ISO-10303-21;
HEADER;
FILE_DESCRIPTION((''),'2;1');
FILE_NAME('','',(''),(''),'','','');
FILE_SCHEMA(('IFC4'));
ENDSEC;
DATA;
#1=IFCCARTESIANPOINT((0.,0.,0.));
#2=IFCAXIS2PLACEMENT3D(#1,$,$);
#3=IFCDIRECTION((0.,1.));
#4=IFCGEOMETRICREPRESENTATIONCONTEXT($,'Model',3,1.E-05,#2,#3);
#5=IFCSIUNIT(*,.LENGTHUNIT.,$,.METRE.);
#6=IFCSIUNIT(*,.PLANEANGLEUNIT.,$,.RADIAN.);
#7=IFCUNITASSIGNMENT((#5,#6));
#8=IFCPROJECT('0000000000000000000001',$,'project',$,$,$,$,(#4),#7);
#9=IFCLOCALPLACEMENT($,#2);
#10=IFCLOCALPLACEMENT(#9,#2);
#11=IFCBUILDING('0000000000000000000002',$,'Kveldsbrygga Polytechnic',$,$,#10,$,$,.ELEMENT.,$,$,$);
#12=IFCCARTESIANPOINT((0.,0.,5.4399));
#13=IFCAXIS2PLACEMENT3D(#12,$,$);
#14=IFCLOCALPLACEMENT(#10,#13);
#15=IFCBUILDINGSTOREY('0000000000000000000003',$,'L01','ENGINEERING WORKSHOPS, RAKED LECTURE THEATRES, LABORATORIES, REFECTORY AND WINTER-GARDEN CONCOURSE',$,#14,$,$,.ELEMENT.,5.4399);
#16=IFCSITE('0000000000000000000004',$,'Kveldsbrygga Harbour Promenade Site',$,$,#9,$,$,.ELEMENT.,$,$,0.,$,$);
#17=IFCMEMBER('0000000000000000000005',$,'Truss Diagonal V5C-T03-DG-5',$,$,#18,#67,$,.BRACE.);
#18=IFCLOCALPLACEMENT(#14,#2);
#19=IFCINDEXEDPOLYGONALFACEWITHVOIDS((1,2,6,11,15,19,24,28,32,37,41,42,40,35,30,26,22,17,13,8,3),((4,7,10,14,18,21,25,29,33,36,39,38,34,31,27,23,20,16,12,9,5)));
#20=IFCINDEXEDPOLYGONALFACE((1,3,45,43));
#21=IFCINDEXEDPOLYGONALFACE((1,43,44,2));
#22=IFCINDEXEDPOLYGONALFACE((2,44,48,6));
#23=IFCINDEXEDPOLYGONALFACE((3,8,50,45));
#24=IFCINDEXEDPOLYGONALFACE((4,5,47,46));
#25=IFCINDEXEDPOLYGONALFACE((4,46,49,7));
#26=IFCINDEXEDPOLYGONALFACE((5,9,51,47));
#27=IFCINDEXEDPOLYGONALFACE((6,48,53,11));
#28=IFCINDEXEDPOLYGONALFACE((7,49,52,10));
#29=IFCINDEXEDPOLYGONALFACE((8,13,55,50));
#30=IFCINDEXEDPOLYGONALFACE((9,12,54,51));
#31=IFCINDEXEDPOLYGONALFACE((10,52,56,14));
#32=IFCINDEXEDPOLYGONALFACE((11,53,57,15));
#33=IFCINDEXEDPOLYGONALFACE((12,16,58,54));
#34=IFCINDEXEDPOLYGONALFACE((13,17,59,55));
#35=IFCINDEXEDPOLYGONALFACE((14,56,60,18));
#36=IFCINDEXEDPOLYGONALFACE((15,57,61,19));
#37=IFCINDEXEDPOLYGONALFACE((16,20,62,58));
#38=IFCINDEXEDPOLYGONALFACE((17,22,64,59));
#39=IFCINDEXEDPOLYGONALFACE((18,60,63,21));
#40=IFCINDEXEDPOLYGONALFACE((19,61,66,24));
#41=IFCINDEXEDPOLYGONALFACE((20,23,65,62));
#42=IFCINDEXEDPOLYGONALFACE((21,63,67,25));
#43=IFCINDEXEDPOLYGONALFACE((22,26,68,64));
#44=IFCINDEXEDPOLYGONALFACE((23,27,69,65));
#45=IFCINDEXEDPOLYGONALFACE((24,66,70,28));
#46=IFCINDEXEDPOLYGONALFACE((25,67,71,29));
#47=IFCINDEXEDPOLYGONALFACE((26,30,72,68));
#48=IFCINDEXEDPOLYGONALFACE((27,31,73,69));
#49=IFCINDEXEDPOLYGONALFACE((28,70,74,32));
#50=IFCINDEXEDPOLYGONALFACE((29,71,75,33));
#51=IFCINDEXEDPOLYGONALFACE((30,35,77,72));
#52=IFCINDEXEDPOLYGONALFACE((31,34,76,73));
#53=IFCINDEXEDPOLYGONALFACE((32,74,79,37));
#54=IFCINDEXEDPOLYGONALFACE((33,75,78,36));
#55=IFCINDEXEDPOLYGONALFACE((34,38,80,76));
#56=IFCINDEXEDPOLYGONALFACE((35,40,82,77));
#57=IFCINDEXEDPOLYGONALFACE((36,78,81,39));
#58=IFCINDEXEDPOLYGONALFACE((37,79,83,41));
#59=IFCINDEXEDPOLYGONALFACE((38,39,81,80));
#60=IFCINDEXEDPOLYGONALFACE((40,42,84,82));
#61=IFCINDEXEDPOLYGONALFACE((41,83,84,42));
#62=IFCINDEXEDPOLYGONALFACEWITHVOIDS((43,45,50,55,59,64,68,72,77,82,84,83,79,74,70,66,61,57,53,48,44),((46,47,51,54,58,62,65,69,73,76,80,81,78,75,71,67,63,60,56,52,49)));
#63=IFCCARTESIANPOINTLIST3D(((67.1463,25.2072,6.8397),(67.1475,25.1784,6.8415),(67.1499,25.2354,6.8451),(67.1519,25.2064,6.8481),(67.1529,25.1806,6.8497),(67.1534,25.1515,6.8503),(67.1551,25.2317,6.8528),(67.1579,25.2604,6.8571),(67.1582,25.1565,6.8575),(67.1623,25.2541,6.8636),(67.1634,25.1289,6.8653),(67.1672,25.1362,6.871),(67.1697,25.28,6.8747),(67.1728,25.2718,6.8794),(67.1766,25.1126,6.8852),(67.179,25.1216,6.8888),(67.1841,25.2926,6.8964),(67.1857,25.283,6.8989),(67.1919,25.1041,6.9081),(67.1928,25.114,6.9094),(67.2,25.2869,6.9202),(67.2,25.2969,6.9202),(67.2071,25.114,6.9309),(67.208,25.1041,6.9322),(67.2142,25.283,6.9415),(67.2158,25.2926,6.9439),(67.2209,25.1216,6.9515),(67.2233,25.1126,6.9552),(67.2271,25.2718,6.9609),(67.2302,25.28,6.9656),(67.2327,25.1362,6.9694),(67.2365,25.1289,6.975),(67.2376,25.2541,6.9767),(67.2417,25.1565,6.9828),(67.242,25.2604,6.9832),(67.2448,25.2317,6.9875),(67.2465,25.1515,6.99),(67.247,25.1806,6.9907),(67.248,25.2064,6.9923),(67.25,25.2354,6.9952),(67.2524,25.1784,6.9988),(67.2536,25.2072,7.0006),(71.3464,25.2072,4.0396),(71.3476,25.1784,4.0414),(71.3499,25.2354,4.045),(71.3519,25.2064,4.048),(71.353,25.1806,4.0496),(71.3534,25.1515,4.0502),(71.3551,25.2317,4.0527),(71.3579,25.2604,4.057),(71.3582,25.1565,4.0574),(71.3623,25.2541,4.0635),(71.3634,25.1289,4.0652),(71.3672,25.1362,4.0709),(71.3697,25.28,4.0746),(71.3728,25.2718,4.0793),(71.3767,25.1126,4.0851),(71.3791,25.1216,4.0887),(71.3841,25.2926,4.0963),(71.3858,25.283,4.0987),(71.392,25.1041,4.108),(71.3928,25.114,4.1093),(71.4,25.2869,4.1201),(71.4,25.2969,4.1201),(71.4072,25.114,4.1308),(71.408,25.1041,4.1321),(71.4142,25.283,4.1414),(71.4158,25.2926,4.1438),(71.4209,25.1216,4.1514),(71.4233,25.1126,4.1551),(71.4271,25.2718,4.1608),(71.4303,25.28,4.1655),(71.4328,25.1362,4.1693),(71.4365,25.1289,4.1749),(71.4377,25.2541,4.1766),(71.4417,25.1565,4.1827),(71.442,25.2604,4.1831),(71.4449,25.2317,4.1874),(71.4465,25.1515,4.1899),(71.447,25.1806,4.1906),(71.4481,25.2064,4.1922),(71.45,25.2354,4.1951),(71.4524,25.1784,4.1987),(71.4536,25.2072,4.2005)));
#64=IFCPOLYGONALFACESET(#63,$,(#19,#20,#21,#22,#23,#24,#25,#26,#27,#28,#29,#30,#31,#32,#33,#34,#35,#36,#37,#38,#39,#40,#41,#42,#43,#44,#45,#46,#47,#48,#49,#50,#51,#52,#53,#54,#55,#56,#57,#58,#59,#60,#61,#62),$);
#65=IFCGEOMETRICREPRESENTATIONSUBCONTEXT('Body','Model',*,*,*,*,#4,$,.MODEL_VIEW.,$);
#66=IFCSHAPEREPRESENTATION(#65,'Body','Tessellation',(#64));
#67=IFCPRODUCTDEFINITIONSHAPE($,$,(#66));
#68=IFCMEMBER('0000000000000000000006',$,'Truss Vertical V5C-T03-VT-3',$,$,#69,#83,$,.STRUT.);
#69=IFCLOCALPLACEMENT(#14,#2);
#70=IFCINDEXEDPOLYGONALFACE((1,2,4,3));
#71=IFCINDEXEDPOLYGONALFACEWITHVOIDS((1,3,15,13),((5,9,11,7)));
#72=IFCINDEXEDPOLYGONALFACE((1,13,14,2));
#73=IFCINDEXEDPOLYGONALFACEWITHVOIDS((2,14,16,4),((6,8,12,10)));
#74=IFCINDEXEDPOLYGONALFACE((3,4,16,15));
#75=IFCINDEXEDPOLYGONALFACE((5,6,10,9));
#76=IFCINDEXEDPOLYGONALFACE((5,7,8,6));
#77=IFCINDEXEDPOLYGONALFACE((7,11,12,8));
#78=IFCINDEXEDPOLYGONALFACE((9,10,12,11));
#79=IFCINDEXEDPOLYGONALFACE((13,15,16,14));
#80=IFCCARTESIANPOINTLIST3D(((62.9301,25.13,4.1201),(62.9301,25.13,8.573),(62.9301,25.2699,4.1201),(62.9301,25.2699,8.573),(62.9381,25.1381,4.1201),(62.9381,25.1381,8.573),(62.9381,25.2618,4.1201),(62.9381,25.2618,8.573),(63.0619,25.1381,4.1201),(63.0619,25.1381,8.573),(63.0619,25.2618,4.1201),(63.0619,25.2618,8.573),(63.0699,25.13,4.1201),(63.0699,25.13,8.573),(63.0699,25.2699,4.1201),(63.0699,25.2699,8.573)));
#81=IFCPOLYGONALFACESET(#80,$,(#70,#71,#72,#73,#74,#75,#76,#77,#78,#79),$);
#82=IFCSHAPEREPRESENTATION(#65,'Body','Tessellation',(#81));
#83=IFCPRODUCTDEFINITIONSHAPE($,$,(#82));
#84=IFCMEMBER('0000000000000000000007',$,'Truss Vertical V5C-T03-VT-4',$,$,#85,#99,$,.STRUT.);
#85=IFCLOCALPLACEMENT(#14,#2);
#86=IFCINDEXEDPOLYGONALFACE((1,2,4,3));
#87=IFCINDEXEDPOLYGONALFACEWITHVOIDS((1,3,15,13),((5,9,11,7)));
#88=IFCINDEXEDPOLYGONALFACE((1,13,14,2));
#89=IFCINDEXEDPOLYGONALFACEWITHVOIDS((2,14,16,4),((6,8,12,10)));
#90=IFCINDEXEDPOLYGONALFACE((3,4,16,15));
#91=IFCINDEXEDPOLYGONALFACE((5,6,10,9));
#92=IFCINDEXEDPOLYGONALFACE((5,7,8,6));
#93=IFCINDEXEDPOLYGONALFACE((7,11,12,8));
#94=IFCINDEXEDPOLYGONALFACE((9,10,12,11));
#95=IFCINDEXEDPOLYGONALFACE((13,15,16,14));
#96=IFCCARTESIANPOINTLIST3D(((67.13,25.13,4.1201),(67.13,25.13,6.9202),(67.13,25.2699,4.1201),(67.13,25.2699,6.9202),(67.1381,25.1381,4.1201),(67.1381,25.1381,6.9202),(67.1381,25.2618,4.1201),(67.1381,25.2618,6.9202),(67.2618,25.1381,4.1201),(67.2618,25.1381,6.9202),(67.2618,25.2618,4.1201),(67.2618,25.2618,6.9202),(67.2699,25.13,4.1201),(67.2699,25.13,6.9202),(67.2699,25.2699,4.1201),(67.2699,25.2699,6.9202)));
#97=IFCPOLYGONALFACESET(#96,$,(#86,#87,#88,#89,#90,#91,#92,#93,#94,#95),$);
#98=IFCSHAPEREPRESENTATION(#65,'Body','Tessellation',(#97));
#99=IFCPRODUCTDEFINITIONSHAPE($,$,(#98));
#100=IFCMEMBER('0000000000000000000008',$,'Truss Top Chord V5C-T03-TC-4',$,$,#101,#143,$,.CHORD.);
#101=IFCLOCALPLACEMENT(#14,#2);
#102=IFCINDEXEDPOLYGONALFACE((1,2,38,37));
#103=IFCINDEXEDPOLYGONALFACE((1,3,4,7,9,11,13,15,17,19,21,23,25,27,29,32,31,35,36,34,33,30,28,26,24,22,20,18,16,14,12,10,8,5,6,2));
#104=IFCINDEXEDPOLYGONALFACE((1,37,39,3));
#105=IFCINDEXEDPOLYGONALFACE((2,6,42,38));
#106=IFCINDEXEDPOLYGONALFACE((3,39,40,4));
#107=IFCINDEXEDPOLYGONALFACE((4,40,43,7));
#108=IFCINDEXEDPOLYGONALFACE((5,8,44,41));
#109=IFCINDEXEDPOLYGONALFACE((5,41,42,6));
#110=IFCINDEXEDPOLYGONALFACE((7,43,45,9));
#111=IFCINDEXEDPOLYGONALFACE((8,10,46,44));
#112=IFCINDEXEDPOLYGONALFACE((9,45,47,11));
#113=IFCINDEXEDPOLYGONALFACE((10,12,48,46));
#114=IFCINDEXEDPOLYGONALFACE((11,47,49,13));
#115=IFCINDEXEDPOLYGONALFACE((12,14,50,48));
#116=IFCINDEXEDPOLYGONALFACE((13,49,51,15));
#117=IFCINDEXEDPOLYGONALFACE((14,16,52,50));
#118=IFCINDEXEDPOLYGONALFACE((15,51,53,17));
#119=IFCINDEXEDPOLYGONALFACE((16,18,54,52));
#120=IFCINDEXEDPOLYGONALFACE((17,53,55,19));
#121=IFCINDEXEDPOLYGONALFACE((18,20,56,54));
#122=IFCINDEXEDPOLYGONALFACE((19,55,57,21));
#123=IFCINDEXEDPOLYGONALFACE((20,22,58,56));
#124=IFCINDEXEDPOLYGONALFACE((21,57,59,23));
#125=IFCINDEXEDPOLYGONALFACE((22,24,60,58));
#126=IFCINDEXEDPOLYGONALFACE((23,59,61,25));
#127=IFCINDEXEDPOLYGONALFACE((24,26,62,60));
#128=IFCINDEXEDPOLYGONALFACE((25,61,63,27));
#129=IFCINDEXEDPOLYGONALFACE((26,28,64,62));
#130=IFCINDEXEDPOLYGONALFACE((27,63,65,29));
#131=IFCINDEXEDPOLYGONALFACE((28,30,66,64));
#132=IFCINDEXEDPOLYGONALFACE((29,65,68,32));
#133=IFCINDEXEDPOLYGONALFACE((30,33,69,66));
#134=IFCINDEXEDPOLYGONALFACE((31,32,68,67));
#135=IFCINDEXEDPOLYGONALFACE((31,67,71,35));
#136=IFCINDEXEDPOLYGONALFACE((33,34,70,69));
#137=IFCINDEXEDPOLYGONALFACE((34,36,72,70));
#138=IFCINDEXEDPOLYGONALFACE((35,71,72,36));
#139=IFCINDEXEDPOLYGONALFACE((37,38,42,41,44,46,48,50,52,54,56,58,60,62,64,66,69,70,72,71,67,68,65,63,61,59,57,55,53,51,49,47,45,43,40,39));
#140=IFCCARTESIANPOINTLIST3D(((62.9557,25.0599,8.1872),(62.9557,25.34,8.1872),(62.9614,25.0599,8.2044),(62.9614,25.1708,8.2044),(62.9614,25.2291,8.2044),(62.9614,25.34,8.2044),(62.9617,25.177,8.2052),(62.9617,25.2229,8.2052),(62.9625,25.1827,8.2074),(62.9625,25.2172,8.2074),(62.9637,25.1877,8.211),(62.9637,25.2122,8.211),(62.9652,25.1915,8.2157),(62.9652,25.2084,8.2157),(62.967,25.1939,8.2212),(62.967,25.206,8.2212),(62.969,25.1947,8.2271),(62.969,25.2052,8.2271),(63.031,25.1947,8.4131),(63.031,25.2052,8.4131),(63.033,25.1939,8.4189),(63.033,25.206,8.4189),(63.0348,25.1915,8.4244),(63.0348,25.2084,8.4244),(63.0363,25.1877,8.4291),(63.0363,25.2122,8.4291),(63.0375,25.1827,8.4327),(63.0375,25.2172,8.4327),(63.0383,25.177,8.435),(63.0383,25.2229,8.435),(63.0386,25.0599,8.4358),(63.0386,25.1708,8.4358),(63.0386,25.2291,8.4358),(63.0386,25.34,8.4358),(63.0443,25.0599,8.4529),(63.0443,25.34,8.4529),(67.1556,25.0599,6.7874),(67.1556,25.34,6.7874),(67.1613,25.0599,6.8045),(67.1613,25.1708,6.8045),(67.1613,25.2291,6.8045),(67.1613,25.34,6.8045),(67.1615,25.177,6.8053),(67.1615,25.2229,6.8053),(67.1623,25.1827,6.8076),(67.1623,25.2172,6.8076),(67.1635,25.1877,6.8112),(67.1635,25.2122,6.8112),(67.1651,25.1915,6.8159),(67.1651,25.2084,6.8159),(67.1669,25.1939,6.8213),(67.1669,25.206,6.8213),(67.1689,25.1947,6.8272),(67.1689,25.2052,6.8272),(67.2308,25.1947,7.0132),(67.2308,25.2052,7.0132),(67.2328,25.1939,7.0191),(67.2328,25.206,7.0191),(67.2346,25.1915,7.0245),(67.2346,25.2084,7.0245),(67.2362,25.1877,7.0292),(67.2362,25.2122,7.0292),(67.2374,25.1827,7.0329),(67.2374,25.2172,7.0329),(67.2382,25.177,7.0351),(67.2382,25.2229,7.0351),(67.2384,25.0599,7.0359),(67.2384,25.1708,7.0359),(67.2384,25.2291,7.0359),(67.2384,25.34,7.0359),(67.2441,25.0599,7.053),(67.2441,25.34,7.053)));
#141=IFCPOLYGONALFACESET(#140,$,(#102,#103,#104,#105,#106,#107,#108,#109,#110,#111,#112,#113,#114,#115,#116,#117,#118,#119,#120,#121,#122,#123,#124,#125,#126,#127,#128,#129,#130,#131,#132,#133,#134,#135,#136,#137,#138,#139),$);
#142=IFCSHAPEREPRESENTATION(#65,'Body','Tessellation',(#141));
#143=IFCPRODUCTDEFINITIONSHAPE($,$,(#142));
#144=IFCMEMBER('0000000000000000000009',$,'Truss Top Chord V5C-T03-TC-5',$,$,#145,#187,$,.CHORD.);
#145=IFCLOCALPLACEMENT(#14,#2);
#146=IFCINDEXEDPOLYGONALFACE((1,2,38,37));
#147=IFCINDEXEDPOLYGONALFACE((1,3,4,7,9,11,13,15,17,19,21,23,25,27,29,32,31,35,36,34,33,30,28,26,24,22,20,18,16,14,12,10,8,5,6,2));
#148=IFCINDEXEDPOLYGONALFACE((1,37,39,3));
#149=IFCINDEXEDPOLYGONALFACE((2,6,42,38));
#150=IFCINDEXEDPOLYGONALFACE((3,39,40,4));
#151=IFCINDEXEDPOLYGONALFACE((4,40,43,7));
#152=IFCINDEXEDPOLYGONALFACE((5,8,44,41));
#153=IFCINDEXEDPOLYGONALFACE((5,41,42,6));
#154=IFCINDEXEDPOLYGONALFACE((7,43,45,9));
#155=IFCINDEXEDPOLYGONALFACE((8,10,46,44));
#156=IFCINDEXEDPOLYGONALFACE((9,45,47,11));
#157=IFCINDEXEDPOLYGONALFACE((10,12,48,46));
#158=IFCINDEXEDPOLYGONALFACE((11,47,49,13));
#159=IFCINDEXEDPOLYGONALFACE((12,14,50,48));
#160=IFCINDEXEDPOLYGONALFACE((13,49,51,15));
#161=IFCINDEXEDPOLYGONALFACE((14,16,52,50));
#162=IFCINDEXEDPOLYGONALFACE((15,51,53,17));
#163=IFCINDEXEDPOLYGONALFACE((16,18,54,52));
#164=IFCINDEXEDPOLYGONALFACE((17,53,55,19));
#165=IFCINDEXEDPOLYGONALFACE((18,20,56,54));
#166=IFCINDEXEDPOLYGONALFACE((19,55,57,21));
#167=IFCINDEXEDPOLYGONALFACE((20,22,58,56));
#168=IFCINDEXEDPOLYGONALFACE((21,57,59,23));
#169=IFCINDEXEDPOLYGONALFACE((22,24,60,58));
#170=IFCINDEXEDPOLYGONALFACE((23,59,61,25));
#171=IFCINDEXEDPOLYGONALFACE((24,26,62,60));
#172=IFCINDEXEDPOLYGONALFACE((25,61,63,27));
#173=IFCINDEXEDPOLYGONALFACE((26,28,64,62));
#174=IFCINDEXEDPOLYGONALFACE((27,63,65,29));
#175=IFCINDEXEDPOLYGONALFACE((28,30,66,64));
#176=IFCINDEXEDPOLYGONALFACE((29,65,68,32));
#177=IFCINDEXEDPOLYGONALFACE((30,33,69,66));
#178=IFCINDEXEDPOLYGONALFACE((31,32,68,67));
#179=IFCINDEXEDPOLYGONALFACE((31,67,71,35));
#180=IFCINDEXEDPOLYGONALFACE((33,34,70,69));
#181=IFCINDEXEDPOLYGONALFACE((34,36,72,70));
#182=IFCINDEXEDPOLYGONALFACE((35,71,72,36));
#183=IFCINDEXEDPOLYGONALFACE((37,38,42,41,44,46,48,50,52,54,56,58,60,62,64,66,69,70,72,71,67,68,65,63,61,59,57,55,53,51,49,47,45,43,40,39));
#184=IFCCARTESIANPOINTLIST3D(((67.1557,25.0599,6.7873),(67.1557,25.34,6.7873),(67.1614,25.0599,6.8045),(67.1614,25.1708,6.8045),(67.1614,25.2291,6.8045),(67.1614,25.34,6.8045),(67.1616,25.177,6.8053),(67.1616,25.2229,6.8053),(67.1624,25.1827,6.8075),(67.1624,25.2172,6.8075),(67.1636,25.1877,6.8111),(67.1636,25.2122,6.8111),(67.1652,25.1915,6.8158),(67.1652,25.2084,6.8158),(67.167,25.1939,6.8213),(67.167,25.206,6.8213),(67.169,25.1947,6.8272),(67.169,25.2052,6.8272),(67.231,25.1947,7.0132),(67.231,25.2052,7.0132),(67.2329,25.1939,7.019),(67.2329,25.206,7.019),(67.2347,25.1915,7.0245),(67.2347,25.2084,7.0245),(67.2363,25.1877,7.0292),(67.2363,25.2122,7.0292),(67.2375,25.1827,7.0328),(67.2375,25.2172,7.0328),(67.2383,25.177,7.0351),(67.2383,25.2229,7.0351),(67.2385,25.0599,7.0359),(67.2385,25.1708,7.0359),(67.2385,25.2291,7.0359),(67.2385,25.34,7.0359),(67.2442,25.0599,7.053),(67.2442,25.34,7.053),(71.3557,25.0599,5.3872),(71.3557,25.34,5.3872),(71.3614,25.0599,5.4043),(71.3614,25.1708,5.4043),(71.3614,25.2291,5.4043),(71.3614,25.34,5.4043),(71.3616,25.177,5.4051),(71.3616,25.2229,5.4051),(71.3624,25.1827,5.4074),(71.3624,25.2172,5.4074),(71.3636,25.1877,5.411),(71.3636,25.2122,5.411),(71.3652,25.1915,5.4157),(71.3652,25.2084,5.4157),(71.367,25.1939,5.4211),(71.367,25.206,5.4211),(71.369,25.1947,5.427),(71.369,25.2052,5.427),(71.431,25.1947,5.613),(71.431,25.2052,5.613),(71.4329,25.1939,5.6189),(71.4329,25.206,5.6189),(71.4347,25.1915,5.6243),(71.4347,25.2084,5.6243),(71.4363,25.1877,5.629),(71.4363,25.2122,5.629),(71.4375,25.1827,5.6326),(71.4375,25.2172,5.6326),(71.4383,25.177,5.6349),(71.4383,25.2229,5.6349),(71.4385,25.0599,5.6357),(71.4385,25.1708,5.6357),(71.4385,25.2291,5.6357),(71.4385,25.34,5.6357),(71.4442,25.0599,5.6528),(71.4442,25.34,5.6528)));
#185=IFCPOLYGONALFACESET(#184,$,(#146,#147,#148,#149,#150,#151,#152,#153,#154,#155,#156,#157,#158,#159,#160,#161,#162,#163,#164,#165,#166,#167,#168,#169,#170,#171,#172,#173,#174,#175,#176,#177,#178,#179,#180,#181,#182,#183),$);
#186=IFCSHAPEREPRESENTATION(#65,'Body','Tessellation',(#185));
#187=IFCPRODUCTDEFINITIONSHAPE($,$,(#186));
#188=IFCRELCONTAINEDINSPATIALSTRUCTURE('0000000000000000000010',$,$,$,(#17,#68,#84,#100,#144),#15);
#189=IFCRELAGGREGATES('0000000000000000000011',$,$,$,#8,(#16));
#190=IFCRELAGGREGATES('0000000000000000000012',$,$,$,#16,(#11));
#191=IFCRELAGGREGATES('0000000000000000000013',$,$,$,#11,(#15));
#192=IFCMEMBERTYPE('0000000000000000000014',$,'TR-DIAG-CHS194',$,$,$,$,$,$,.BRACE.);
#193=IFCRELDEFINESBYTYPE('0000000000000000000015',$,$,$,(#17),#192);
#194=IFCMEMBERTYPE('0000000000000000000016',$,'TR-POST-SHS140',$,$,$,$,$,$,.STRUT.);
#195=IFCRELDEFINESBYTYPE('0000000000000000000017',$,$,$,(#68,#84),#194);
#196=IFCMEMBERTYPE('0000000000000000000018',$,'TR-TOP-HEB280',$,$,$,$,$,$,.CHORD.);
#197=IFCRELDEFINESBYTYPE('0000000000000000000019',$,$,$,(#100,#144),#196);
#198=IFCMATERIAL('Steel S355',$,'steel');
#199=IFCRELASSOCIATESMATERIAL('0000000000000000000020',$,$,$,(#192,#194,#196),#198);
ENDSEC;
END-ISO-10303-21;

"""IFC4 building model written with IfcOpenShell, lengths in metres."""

from ifc_helpers import new_model, si_unit, direction, frame, origin, origin_2d, place, context, subcontext, project, spatial, hollow_rectangle, hollow_circle, i_section, extrude, material, material_profile, profile_set, type_object, element, save


model = new_model("IFC4")

# Units and contexts
model_context = context("Model", 3, precision=1e-05, world=origin(), true_north=direction((0.0, 1.0)))
body_context = subcontext(model_context, "Body", "Model", "MODEL_VIEW")
ifc_project = project(units=[si_unit("LENGTHUNIT", "METRE"), si_unit("PLANEANGLEUNIT", "RADIAN")], contexts=[model_context])

# Site, building, storey
site_placement = place(None, origin())
site = spatial("IfcSite", under=ifc_project, at=site_placement, Name="Kveldsbrygga Harbour Promenade Site", CompositionType="ELEMENT", RefElevation=0.0)
building_placement = place(site_placement, origin())
building = spatial("IfcBuilding", under=site, at=building_placement, Name="Kveldsbrygga Polytechnic", CompositionType="ELEMENT")
storey_placement = place(building_placement, frame((0.0, 0.0, 5.4399)))
storey = spatial("IfcBuildingStorey", under=building, at=storey_placement, Name="L01", Description="ENGINEERING WORKSHOPS, RAKED LECTURE THEATRES, LABORATORIES, REFECTORY AND WINTER-GARDEN CONCOURSE", CompositionType="ELEMENT", Elevation=5.4399)

# Shared definitions
ifc_material_1 = material(Name="Steel S355", Category="steel")

# Members
ifc_material_profile_1 = material_profile(ifc_material_1, hollow_circle(Radius=0.0969, WallThickness=0.01, at=origin_2d()), Name="CHS 193.7x10.0")
ifc_profile_set_1 = profile_set([ifc_material_profile_1], Name="Steel S355")
member_type_1 = type_object("IfcMemberType", Name="TR-DIAG-CHS194", PredefinedType="BRACE", material=ifc_profile_set_1)
member_1_placement = place(storey_placement, frame((67.2, 25.2, 6.9202), z_axis=(0.832043, 0.0, -0.554711), x_axis=(0.0, 1.0, 0.0)))
element("IfcMember", 1, at=member_1_placement, inside=storey, type_object=member_type_1, Name="Truss Diagonal V5C-T03-DG-5", PredefinedType="BRACE", context=body_context, shape_type="SweptSolid", body=[
    extrude(hollow_circle(Radius=0.0969, WallThickness=0.01, at=origin_2d()), origin(), (0.0, 0.0, 1.0), 5.0479),
])
ifc_material_profile_2 = material_profile(ifc_material_1, hollow_rectangle(XDim=0.1399, YDim=0.1399, WallThickness=0.0081, at=origin_2d()), Name="SHS 140x140x8.0")
ifc_profile_set_2 = profile_set([ifc_material_profile_2], Name="Steel S355")
member_type_2 = type_object("IfcMemberType", Name="TR-POST-SHS140", PredefinedType="STRUT", material=ifc_profile_set_2)
member_2_placement = place(storey_placement, frame((63.0, 25.2, 4.1201), z_axis=(0.0, 0.0, 1.0), x_axis=(1.0, 0.0, 0.0)))
element("IfcMember", 2, at=member_2_placement, inside=storey, type_object=member_type_2, Name="Truss Vertical V5C-T03-VT-3", PredefinedType="STRUT", context=body_context, shape_type="SweptSolid", body=[
    extrude(hollow_rectangle(XDim=0.1399, YDim=0.1399, WallThickness=0.0081, at=origin_2d()), origin(), (0.0, 0.0, 1.0), 4.4529),
])
member_3_placement = place(storey_placement, frame((67.2, 25.2, 4.1201), z_axis=(0.0, 0.0, 1.0), x_axis=(1.0, 0.0, 0.0)))
element("IfcMember", 3, at=member_3_placement, inside=storey, type_object=member_type_2, Name="Truss Vertical V5C-T03-VT-4", PredefinedType="STRUT", context=body_context, shape_type="SweptSolid", body=[
    extrude(hollow_rectangle(XDim=0.1399, YDim=0.1399, WallThickness=0.0081, at=origin_2d()), origin(), (0.0, 0.0, 1.0), 2.8),
])
ifc_material_profile_3 = material_profile(ifc_material_1, i_section(OverallWidth=0.28, OverallDepth=0.28, WebThickness=0.0105, FlangeThickness=0.0181, FilletRadius=0.0239, at=origin_2d()), Name="HEB 280")
ifc_profile_set_3 = profile_set([ifc_material_profile_3], Name="Steel S355")
member_type_3 = type_object("IfcMemberType", Name="TR-TOP-HEB280", PredefinedType="CHORD", material=ifc_profile_set_3)
member_4_placement = place(storey_placement, frame((63.0, 25.2, 8.3201), z_axis=(0.948689, 0.0, -0.316211), x_axis=(0.0, 1.0, 0.0)))
element("IfcMember", 4, at=member_4_placement, inside=storey, type_object=member_type_3, Name="Truss Top Chord V5C-T03-TC-4", PredefinedType="CHORD", context=body_context, shape_type="SweptSolid", body=[
    extrude(i_section(OverallWidth=0.28, OverallDepth=0.28, WebThickness=0.0105, FlangeThickness=0.0181, FilletRadius=0.0239, at=origin_2d()), origin(), (0.0, 0.0, 1.0), 4.427),
])
member_5_placement = place(storey_placement, frame((67.2, 25.2, 6.9202), z_axis=(0.948672, 0.0, -0.316261), x_axis=(0.0, 1.0, 0.0)))
element("IfcMember", 5, at=member_5_placement, inside=storey, type_object=member_type_3, Name="Truss Top Chord V5C-T03-TC-5", PredefinedType="CHORD", context=body_context, shape_type="SweptSolid", body=[
    extrude(i_section(OverallWidth=0.28, OverallDepth=0.28, WebThickness=0.0105, FlangeThickness=0.0181, FilletRadius=0.0239, at=origin_2d()), origin(), (0.0, 0.0, 1.0), 4.4272),
])

save(model, "model.ifc")
